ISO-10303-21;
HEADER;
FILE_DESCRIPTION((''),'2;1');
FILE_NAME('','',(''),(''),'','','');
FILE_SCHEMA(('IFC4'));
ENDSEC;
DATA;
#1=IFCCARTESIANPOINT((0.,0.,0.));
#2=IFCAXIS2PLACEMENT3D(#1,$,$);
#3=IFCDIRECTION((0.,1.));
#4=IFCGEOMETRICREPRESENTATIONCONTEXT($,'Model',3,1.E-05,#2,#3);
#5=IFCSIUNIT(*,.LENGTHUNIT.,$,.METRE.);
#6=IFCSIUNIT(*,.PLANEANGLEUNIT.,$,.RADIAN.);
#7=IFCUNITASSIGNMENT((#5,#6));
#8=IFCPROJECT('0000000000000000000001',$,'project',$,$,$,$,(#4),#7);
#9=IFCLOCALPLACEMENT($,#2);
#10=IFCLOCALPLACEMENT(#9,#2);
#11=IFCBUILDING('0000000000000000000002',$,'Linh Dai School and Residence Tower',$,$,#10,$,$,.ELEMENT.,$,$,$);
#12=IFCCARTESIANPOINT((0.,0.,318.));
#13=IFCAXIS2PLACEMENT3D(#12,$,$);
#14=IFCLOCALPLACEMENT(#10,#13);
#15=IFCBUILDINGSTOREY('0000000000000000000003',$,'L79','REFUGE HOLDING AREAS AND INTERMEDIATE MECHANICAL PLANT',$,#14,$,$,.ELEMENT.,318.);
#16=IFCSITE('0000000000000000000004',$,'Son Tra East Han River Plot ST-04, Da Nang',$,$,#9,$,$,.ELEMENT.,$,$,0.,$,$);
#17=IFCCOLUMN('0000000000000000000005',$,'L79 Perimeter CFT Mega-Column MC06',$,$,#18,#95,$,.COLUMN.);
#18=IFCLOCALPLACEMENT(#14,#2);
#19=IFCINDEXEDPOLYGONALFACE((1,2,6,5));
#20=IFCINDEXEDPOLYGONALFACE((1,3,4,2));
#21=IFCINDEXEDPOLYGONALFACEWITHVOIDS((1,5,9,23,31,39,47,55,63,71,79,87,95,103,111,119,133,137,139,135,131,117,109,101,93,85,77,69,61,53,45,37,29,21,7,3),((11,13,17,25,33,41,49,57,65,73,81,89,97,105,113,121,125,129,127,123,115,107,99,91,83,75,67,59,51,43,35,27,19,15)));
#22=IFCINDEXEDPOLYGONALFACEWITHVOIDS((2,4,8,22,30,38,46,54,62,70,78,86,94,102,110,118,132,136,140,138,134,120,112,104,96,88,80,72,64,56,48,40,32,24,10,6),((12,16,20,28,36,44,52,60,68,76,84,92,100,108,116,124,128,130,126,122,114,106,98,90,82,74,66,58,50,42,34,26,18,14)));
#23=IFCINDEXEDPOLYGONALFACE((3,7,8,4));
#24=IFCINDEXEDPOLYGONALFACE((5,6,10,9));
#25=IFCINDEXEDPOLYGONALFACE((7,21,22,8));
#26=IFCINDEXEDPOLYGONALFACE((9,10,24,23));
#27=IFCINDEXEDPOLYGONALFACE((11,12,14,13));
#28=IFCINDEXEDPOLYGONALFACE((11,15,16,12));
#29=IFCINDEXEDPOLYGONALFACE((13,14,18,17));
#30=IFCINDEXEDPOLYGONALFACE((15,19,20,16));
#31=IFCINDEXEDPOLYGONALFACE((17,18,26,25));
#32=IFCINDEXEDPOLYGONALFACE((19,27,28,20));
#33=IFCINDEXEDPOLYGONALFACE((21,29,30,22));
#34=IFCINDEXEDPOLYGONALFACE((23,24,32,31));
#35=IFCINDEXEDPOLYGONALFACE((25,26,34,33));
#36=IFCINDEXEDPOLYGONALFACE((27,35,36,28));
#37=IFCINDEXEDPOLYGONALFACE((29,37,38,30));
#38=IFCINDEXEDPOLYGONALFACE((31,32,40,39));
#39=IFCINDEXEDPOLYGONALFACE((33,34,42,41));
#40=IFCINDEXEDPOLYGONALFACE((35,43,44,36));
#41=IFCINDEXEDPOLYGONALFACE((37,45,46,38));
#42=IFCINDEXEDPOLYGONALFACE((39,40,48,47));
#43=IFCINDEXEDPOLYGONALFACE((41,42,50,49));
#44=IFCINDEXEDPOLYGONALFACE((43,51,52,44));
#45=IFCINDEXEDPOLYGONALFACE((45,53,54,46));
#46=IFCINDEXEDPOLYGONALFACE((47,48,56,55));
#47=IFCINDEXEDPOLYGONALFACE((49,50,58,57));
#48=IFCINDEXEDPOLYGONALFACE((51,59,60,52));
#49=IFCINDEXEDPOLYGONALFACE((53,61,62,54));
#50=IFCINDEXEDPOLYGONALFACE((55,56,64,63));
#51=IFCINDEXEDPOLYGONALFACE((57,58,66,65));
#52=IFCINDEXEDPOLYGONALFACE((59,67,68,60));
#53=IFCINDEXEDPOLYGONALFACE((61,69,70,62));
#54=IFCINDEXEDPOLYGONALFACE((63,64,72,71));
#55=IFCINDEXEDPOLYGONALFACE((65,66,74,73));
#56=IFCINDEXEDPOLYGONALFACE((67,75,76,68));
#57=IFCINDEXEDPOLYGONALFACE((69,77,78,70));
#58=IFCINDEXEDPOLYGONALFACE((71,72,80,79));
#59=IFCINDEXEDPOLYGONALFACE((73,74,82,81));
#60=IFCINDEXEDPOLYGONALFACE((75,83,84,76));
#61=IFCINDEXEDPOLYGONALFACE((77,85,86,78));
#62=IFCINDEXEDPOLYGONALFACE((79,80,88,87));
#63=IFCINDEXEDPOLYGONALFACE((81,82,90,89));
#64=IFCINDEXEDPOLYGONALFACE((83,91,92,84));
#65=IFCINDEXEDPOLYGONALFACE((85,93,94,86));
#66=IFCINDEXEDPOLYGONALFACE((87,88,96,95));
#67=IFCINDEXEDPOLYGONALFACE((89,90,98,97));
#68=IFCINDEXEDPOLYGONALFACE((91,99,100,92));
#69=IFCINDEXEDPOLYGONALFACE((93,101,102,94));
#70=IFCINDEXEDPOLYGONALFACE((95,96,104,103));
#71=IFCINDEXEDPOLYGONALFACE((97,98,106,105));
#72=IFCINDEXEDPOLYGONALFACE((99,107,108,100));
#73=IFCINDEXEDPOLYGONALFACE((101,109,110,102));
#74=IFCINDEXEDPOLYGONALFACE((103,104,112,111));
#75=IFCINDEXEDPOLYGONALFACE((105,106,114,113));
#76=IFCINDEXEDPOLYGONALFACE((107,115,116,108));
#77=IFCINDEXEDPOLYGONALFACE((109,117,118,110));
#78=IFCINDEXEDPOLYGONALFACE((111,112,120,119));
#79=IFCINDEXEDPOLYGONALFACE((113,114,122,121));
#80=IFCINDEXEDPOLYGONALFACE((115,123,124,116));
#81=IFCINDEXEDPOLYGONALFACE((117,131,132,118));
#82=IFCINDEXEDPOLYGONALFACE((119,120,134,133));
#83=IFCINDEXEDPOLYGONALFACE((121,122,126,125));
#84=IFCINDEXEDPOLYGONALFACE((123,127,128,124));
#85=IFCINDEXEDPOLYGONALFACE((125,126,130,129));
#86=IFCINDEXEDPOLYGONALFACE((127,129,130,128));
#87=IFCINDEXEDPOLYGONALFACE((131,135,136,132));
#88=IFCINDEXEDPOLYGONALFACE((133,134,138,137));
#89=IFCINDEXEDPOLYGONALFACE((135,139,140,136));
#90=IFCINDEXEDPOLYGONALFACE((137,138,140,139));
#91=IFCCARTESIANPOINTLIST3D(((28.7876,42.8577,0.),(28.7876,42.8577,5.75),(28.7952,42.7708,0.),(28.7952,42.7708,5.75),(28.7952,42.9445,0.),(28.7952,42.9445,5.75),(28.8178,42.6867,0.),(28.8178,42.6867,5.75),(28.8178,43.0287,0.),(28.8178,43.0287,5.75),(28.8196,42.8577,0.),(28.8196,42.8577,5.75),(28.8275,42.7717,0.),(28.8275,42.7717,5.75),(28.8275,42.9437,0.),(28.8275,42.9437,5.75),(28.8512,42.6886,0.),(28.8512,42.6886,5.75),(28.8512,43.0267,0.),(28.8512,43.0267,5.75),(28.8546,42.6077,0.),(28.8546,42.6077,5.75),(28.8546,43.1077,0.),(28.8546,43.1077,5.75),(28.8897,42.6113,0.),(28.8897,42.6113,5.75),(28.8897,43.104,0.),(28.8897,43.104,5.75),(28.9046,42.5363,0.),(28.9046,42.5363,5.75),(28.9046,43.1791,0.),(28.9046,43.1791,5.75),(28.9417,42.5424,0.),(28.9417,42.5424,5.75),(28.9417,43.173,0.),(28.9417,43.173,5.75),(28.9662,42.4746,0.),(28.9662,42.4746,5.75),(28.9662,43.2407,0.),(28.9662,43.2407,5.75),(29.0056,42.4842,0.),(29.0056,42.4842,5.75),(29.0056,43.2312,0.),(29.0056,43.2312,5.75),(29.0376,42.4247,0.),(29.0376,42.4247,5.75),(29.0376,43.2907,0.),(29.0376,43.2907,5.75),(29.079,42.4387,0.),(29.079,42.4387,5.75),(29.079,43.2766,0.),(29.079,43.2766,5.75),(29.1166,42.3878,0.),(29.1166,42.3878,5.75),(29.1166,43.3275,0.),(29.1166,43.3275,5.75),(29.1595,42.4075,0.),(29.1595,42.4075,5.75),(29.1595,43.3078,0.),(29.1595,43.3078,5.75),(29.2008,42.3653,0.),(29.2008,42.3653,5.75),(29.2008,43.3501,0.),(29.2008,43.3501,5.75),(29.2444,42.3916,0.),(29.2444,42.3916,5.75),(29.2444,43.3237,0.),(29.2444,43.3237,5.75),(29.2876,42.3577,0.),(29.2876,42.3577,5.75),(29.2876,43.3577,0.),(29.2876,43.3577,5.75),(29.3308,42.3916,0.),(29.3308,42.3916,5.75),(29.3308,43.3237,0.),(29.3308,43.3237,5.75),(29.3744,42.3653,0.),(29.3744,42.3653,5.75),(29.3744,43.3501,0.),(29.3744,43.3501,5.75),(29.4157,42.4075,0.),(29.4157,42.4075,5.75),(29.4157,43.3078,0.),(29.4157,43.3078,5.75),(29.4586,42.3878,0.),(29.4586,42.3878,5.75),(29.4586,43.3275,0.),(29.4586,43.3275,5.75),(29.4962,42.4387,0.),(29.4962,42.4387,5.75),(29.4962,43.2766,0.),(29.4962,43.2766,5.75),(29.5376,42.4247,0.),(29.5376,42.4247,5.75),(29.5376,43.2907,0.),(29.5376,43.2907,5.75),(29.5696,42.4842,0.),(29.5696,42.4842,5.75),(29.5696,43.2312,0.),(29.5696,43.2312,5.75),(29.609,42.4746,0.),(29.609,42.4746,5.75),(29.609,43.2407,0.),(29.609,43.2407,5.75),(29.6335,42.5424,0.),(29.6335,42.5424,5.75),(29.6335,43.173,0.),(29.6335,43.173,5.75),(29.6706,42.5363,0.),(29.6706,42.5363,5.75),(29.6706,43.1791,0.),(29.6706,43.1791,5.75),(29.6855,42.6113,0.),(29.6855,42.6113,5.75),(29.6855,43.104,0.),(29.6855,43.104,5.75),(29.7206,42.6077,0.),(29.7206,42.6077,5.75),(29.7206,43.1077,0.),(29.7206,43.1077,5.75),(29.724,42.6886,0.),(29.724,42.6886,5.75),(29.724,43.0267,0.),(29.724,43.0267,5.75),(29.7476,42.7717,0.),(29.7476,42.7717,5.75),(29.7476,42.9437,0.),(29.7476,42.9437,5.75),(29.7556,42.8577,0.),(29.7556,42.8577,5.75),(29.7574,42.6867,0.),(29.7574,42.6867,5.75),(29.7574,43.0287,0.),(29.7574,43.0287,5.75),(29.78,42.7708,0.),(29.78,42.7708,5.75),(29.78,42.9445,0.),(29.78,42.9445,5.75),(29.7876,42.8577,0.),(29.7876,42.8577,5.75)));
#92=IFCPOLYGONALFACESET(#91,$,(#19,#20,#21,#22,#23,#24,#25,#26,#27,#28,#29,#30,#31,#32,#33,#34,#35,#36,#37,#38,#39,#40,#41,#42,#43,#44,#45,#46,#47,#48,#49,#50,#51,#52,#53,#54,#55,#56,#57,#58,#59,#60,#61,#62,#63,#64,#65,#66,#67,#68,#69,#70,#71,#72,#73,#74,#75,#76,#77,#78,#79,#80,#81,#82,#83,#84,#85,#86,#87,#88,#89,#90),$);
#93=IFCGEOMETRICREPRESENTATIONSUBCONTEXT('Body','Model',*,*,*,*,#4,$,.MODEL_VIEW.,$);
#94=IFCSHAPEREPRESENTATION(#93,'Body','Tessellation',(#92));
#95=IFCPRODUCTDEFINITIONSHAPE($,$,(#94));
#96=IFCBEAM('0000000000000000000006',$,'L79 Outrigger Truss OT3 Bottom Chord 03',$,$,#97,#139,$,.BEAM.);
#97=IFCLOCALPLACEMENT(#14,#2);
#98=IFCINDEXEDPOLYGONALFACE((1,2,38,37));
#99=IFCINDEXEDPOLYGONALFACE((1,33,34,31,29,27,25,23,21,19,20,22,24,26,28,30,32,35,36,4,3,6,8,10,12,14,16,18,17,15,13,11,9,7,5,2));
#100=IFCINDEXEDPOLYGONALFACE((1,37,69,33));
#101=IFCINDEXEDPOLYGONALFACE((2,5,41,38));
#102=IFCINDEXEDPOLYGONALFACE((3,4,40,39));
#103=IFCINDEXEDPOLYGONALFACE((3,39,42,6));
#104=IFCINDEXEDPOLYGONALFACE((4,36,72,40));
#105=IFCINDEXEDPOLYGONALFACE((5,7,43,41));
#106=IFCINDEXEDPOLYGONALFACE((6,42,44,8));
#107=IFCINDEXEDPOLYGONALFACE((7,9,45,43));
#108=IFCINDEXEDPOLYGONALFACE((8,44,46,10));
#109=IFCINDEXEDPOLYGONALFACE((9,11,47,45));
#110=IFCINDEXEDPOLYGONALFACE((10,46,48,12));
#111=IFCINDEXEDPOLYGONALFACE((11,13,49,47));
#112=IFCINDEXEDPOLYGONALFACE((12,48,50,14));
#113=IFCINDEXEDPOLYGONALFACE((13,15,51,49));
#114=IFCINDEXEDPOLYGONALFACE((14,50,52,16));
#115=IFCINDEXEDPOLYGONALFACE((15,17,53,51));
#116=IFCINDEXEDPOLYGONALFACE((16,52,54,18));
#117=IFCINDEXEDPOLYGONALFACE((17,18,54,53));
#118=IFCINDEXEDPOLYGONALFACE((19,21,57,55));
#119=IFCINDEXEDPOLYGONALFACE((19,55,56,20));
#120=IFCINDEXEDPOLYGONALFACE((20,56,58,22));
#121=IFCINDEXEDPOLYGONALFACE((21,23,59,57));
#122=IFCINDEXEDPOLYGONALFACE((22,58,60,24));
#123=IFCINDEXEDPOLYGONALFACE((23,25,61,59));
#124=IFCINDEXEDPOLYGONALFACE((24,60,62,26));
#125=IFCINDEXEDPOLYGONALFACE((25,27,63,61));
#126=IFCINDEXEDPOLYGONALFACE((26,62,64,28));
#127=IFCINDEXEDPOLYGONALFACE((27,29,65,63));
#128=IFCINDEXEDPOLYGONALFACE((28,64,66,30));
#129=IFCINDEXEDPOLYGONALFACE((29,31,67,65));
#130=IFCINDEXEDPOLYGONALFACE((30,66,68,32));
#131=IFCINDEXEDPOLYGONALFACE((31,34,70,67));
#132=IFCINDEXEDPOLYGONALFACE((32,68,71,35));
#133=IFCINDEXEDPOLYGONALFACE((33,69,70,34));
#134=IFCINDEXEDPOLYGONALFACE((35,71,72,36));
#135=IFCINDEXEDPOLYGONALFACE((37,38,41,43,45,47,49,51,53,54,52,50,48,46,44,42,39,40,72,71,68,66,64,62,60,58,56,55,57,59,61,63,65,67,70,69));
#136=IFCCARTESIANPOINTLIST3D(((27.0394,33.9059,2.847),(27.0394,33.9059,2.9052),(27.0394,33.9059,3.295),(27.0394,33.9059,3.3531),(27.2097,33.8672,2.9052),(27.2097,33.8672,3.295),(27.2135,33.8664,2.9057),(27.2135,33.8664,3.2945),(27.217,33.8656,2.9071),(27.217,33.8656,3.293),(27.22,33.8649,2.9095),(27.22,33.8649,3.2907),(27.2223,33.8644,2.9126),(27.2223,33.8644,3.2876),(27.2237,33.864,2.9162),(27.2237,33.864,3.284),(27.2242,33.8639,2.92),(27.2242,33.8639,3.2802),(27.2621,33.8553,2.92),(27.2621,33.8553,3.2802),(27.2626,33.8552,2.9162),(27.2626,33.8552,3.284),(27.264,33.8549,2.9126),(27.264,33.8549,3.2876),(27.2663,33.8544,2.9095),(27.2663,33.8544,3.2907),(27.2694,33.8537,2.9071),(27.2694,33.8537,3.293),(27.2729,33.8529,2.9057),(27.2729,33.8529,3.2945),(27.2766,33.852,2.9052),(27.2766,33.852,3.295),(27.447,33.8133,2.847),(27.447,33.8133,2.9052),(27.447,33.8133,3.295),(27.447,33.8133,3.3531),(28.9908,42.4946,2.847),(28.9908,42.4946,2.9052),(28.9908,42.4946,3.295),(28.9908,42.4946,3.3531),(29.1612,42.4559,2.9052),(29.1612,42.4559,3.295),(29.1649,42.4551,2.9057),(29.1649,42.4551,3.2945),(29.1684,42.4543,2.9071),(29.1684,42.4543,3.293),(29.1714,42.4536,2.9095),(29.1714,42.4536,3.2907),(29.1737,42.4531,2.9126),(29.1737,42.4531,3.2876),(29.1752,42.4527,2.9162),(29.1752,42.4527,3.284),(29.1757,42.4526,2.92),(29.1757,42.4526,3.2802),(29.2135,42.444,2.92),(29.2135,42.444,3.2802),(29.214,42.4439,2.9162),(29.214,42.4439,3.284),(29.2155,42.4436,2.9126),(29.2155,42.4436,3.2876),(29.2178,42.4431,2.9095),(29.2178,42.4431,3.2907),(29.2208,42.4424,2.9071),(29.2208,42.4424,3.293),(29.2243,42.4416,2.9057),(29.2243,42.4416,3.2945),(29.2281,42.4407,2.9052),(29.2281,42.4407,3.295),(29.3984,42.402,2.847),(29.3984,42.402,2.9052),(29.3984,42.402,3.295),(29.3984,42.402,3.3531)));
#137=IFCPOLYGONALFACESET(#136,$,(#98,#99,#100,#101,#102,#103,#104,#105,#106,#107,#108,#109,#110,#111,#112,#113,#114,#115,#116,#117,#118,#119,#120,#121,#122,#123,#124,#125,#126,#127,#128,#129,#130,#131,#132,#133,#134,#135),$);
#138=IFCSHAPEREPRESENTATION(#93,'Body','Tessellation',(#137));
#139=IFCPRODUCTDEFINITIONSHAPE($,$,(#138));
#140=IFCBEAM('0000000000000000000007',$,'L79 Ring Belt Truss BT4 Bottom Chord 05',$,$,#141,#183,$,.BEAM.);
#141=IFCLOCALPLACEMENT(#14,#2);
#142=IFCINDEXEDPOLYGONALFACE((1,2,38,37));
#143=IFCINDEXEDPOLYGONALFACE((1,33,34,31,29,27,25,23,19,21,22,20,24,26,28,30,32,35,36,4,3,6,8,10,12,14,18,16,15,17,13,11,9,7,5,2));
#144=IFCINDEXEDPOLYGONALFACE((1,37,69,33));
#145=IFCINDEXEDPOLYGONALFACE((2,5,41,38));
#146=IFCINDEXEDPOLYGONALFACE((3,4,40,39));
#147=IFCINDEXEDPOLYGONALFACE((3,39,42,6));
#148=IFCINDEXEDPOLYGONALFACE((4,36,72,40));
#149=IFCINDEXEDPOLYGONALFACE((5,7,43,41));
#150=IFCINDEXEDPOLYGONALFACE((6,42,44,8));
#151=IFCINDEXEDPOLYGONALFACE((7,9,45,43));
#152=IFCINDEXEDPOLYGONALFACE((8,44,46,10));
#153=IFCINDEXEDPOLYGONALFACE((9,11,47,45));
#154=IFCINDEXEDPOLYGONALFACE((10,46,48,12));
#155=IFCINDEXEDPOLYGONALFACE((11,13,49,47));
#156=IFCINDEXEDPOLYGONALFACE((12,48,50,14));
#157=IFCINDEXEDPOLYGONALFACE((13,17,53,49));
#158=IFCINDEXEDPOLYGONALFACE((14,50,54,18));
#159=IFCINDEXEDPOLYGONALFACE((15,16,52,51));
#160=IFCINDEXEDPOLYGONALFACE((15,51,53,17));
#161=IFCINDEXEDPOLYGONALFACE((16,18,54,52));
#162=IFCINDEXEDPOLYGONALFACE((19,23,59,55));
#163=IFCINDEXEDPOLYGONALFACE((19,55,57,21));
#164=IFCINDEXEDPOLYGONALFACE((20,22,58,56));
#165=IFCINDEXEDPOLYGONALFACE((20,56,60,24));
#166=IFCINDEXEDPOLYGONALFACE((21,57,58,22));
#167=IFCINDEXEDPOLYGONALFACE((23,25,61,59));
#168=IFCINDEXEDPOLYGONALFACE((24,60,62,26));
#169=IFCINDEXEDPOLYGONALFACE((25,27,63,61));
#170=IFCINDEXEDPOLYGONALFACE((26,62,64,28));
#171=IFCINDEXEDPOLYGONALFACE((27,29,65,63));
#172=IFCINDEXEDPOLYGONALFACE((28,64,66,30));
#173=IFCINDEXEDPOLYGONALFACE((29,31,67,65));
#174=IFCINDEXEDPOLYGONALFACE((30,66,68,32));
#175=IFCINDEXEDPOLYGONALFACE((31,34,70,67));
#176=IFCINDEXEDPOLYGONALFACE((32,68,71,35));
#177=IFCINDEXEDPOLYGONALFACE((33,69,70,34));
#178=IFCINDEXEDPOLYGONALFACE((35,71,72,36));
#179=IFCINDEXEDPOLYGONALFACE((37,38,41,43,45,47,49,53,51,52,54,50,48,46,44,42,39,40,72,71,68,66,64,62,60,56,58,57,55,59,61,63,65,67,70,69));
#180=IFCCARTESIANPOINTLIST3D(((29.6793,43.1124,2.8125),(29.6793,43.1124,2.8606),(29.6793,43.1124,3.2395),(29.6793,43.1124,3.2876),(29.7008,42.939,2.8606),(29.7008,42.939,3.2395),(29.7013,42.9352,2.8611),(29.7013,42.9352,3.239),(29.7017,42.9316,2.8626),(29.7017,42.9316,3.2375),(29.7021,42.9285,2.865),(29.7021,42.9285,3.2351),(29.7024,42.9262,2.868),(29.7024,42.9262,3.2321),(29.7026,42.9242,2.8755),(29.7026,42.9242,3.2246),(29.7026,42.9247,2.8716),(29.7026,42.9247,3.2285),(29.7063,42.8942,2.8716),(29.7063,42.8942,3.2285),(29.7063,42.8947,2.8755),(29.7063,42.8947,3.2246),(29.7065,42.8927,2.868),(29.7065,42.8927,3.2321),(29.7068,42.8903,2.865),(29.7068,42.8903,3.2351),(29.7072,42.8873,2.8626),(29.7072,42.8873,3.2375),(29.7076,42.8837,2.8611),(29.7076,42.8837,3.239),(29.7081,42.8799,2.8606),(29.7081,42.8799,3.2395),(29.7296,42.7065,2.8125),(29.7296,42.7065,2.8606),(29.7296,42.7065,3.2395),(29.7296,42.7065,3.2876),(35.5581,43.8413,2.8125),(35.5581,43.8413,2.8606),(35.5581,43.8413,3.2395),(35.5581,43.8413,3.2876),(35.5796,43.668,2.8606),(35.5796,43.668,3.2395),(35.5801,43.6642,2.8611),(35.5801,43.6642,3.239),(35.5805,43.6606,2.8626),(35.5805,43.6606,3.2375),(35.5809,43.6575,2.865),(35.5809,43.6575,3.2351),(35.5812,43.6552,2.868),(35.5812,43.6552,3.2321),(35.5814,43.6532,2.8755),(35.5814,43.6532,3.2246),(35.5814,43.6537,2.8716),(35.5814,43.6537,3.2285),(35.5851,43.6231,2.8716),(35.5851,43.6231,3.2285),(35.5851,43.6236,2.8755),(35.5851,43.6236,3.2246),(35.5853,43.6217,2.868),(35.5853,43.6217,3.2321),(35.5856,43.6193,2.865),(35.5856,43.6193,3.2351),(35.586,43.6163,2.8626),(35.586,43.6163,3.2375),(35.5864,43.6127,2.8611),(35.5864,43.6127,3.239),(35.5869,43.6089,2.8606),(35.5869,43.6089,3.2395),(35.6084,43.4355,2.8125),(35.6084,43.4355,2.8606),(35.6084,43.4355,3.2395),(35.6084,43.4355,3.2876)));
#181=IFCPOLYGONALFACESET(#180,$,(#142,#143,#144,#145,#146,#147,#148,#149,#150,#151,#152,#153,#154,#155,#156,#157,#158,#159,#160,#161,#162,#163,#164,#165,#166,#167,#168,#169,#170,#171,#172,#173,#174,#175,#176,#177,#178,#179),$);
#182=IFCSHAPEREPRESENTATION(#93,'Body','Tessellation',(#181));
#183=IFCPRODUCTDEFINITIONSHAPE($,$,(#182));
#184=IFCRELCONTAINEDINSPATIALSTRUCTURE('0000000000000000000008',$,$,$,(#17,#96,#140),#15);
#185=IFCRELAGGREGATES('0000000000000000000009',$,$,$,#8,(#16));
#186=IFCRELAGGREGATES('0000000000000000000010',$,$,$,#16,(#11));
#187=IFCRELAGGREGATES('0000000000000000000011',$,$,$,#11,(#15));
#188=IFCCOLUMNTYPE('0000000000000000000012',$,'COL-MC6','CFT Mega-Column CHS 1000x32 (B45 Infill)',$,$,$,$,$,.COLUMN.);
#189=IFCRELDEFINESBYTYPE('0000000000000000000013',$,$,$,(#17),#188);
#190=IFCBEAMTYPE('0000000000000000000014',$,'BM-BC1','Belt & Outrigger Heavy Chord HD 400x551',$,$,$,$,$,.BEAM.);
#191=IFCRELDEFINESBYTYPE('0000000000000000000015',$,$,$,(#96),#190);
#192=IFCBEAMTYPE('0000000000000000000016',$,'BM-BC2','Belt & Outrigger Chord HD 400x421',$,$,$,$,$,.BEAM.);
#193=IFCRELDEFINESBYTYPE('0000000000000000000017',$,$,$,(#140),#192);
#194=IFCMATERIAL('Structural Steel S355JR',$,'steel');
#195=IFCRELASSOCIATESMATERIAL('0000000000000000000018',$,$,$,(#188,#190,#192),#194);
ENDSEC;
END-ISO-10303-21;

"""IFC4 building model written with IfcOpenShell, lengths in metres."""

from ifc_helpers import new_model, si_unit, direction, frame, origin, origin_2d, place, context, subcontext, project, spatial, hollow_circle, i_section, extrude, material, material_profile, profile_set, type_object, element, save


model = new_model("IFC4")

# Units and contexts
model_context = context("Model", 3, precision=1e-05, world=origin(), true_north=direction((0.0, 1.0)))
body_context = subcontext(model_context, "Body", "Model", "MODEL_VIEW")
ifc_project = project(units=[si_unit("LENGTHUNIT", "METRE"), si_unit("PLANEANGLEUNIT", "RADIAN")], contexts=[model_context])

# Site, building, storey
site_placement = place(None, origin())
site = spatial("IfcSite", under=ifc_project, at=site_placement, Name="Son Tra East Han River Plot ST-04, Da Nang", CompositionType="ELEMENT", RefElevation=0.0)
building_placement = place(site_placement, origin())
building = spatial("IfcBuilding", under=site, at=building_placement, Name="Linh Dai School and Residence Tower", CompositionType="ELEMENT")
storey_placement = place(building_placement, frame((0.0, 0.0, 318.0)))
storey = spatial("IfcBuildingStorey", under=building, at=storey_placement, Name="L79", Description="REFUGE HOLDING AREAS AND INTERMEDIATE MECHANICAL PLANT", CompositionType="ELEMENT", Elevation=318.0)

# Column
ifc_material_1 = material(Name="Structural Steel S355JR", Category="steel")
ifc_material_profile_1 = material_profile(ifc_material_1, hollow_circle(Radius=0.5, WallThickness=0.032, at=origin_2d()), Name="CHS 1000x32")
ifc_profile_set_1 = profile_set([ifc_material_profile_1], Name="Structural Steel S355JR")
column_type = type_object("IfcColumnType", Name="COL-MC6", Description="CFT Mega-Column CHS 1000x32 (B45 Infill)", PredefinedType="COLUMN", material=ifc_profile_set_1)
column_placement = place(storey_placement, frame((29.2876, 42.8577, 0.0), z_axis=(0.0, 0.0, 1.0), x_axis=(1.0, 0.0, 0.0)))
element("IfcColumn", 1, at=column_placement, inside=storey, type_object=column_type, Name="L79 Perimeter CFT Mega-Column MC06", PredefinedType="COLUMN", context=body_context, shape_type="SweptSolid", body=[
    extrude(hollow_circle(Radius=0.5, WallThickness=0.032, at=origin_2d()), origin(), (0.0, 0.0, 1.0), 5.75),
])

# Beams
ifc_material_profile_2 = material_profile(ifc_material_1, i_section(OverallWidth=0.418, OverallDepth=0.5061, WebThickness=0.0388, FlangeThickness=0.0581, FilletRadius=0.0149, at=origin_2d()), Name="HD 400x551")
ifc_profile_set_2 = profile_set([ifc_material_profile_2], Name="Structural Steel S355JR")
beam_type_1 = type_object("IfcBeamType", Name="BM-BC1", Description="Belt & Outrigger Heavy Chord HD 400x551", PredefinedType="BEAM", material=ifc_profile_set_2)
beam_1_placement = place(storey_placement, frame((27.2432, 33.8596, 3.1001), z_axis=(0.221562, 0.975146, 0.0), x_axis=(-0.975146, 0.221562, 0.0)))
element("IfcBeam", 2, at=beam_1_placement, inside=storey, type_object=beam_type_1, Name="L79 Outrigger Truss OT3 Bottom Chord 03", PredefinedType="BEAM", context=body_context, shape_type="SweptSolid", body=[
    extrude(i_section(OverallWidth=0.418, OverallDepth=0.5061, WebThickness=0.0388, FlangeThickness=0.0581, FilletRadius=0.0149, at=origin_2d()), origin(), (0.0, 0.0, 1.0), 8.8076),
])
ifc_material_profile_3 = material_profile(ifc_material_1, i_section(OverallWidth=0.4089, OverallDepth=0.4751, WebThickness=0.0298, FlangeThickness=0.0481, FilletRadius=0.0149, at=origin_2d()), Name="HD 400x421")
ifc_profile_set_3 = profile_set([ifc_material_profile_3], Name="Structural Steel S355JR")
beam_type_2 = type_object("IfcBeamType", Name="BM-BC2", Description="Belt & Outrigger Chord HD 400x421", PredefinedType="BEAM", material=ifc_profile_set_3)
beam_2_placement = place(storey_placement, frame((35.5833, 43.6384, 3.05), z_axis=(-0.992399, -0.123061, 0.0), x_axis=(0.123061, -0.992399, 0.0)))
element("IfcBeam", 3, at=beam_2_placement, inside=storey, type_object=beam_type_2, Name="L79 Ring Belt Truss BT4 Bottom Chord 05", PredefinedType="BEAM", context=body_context, shape_type="SweptSolid", body=[
    extrude(i_section(OverallWidth=0.4089, OverallDepth=0.4751, WebThickness=0.0298, FlangeThickness=0.0481, FilletRadius=0.0149, at=origin_2d()), origin(), (0.0, 0.0, 1.0), 5.9238),
])

save(model, "model.ifc")
